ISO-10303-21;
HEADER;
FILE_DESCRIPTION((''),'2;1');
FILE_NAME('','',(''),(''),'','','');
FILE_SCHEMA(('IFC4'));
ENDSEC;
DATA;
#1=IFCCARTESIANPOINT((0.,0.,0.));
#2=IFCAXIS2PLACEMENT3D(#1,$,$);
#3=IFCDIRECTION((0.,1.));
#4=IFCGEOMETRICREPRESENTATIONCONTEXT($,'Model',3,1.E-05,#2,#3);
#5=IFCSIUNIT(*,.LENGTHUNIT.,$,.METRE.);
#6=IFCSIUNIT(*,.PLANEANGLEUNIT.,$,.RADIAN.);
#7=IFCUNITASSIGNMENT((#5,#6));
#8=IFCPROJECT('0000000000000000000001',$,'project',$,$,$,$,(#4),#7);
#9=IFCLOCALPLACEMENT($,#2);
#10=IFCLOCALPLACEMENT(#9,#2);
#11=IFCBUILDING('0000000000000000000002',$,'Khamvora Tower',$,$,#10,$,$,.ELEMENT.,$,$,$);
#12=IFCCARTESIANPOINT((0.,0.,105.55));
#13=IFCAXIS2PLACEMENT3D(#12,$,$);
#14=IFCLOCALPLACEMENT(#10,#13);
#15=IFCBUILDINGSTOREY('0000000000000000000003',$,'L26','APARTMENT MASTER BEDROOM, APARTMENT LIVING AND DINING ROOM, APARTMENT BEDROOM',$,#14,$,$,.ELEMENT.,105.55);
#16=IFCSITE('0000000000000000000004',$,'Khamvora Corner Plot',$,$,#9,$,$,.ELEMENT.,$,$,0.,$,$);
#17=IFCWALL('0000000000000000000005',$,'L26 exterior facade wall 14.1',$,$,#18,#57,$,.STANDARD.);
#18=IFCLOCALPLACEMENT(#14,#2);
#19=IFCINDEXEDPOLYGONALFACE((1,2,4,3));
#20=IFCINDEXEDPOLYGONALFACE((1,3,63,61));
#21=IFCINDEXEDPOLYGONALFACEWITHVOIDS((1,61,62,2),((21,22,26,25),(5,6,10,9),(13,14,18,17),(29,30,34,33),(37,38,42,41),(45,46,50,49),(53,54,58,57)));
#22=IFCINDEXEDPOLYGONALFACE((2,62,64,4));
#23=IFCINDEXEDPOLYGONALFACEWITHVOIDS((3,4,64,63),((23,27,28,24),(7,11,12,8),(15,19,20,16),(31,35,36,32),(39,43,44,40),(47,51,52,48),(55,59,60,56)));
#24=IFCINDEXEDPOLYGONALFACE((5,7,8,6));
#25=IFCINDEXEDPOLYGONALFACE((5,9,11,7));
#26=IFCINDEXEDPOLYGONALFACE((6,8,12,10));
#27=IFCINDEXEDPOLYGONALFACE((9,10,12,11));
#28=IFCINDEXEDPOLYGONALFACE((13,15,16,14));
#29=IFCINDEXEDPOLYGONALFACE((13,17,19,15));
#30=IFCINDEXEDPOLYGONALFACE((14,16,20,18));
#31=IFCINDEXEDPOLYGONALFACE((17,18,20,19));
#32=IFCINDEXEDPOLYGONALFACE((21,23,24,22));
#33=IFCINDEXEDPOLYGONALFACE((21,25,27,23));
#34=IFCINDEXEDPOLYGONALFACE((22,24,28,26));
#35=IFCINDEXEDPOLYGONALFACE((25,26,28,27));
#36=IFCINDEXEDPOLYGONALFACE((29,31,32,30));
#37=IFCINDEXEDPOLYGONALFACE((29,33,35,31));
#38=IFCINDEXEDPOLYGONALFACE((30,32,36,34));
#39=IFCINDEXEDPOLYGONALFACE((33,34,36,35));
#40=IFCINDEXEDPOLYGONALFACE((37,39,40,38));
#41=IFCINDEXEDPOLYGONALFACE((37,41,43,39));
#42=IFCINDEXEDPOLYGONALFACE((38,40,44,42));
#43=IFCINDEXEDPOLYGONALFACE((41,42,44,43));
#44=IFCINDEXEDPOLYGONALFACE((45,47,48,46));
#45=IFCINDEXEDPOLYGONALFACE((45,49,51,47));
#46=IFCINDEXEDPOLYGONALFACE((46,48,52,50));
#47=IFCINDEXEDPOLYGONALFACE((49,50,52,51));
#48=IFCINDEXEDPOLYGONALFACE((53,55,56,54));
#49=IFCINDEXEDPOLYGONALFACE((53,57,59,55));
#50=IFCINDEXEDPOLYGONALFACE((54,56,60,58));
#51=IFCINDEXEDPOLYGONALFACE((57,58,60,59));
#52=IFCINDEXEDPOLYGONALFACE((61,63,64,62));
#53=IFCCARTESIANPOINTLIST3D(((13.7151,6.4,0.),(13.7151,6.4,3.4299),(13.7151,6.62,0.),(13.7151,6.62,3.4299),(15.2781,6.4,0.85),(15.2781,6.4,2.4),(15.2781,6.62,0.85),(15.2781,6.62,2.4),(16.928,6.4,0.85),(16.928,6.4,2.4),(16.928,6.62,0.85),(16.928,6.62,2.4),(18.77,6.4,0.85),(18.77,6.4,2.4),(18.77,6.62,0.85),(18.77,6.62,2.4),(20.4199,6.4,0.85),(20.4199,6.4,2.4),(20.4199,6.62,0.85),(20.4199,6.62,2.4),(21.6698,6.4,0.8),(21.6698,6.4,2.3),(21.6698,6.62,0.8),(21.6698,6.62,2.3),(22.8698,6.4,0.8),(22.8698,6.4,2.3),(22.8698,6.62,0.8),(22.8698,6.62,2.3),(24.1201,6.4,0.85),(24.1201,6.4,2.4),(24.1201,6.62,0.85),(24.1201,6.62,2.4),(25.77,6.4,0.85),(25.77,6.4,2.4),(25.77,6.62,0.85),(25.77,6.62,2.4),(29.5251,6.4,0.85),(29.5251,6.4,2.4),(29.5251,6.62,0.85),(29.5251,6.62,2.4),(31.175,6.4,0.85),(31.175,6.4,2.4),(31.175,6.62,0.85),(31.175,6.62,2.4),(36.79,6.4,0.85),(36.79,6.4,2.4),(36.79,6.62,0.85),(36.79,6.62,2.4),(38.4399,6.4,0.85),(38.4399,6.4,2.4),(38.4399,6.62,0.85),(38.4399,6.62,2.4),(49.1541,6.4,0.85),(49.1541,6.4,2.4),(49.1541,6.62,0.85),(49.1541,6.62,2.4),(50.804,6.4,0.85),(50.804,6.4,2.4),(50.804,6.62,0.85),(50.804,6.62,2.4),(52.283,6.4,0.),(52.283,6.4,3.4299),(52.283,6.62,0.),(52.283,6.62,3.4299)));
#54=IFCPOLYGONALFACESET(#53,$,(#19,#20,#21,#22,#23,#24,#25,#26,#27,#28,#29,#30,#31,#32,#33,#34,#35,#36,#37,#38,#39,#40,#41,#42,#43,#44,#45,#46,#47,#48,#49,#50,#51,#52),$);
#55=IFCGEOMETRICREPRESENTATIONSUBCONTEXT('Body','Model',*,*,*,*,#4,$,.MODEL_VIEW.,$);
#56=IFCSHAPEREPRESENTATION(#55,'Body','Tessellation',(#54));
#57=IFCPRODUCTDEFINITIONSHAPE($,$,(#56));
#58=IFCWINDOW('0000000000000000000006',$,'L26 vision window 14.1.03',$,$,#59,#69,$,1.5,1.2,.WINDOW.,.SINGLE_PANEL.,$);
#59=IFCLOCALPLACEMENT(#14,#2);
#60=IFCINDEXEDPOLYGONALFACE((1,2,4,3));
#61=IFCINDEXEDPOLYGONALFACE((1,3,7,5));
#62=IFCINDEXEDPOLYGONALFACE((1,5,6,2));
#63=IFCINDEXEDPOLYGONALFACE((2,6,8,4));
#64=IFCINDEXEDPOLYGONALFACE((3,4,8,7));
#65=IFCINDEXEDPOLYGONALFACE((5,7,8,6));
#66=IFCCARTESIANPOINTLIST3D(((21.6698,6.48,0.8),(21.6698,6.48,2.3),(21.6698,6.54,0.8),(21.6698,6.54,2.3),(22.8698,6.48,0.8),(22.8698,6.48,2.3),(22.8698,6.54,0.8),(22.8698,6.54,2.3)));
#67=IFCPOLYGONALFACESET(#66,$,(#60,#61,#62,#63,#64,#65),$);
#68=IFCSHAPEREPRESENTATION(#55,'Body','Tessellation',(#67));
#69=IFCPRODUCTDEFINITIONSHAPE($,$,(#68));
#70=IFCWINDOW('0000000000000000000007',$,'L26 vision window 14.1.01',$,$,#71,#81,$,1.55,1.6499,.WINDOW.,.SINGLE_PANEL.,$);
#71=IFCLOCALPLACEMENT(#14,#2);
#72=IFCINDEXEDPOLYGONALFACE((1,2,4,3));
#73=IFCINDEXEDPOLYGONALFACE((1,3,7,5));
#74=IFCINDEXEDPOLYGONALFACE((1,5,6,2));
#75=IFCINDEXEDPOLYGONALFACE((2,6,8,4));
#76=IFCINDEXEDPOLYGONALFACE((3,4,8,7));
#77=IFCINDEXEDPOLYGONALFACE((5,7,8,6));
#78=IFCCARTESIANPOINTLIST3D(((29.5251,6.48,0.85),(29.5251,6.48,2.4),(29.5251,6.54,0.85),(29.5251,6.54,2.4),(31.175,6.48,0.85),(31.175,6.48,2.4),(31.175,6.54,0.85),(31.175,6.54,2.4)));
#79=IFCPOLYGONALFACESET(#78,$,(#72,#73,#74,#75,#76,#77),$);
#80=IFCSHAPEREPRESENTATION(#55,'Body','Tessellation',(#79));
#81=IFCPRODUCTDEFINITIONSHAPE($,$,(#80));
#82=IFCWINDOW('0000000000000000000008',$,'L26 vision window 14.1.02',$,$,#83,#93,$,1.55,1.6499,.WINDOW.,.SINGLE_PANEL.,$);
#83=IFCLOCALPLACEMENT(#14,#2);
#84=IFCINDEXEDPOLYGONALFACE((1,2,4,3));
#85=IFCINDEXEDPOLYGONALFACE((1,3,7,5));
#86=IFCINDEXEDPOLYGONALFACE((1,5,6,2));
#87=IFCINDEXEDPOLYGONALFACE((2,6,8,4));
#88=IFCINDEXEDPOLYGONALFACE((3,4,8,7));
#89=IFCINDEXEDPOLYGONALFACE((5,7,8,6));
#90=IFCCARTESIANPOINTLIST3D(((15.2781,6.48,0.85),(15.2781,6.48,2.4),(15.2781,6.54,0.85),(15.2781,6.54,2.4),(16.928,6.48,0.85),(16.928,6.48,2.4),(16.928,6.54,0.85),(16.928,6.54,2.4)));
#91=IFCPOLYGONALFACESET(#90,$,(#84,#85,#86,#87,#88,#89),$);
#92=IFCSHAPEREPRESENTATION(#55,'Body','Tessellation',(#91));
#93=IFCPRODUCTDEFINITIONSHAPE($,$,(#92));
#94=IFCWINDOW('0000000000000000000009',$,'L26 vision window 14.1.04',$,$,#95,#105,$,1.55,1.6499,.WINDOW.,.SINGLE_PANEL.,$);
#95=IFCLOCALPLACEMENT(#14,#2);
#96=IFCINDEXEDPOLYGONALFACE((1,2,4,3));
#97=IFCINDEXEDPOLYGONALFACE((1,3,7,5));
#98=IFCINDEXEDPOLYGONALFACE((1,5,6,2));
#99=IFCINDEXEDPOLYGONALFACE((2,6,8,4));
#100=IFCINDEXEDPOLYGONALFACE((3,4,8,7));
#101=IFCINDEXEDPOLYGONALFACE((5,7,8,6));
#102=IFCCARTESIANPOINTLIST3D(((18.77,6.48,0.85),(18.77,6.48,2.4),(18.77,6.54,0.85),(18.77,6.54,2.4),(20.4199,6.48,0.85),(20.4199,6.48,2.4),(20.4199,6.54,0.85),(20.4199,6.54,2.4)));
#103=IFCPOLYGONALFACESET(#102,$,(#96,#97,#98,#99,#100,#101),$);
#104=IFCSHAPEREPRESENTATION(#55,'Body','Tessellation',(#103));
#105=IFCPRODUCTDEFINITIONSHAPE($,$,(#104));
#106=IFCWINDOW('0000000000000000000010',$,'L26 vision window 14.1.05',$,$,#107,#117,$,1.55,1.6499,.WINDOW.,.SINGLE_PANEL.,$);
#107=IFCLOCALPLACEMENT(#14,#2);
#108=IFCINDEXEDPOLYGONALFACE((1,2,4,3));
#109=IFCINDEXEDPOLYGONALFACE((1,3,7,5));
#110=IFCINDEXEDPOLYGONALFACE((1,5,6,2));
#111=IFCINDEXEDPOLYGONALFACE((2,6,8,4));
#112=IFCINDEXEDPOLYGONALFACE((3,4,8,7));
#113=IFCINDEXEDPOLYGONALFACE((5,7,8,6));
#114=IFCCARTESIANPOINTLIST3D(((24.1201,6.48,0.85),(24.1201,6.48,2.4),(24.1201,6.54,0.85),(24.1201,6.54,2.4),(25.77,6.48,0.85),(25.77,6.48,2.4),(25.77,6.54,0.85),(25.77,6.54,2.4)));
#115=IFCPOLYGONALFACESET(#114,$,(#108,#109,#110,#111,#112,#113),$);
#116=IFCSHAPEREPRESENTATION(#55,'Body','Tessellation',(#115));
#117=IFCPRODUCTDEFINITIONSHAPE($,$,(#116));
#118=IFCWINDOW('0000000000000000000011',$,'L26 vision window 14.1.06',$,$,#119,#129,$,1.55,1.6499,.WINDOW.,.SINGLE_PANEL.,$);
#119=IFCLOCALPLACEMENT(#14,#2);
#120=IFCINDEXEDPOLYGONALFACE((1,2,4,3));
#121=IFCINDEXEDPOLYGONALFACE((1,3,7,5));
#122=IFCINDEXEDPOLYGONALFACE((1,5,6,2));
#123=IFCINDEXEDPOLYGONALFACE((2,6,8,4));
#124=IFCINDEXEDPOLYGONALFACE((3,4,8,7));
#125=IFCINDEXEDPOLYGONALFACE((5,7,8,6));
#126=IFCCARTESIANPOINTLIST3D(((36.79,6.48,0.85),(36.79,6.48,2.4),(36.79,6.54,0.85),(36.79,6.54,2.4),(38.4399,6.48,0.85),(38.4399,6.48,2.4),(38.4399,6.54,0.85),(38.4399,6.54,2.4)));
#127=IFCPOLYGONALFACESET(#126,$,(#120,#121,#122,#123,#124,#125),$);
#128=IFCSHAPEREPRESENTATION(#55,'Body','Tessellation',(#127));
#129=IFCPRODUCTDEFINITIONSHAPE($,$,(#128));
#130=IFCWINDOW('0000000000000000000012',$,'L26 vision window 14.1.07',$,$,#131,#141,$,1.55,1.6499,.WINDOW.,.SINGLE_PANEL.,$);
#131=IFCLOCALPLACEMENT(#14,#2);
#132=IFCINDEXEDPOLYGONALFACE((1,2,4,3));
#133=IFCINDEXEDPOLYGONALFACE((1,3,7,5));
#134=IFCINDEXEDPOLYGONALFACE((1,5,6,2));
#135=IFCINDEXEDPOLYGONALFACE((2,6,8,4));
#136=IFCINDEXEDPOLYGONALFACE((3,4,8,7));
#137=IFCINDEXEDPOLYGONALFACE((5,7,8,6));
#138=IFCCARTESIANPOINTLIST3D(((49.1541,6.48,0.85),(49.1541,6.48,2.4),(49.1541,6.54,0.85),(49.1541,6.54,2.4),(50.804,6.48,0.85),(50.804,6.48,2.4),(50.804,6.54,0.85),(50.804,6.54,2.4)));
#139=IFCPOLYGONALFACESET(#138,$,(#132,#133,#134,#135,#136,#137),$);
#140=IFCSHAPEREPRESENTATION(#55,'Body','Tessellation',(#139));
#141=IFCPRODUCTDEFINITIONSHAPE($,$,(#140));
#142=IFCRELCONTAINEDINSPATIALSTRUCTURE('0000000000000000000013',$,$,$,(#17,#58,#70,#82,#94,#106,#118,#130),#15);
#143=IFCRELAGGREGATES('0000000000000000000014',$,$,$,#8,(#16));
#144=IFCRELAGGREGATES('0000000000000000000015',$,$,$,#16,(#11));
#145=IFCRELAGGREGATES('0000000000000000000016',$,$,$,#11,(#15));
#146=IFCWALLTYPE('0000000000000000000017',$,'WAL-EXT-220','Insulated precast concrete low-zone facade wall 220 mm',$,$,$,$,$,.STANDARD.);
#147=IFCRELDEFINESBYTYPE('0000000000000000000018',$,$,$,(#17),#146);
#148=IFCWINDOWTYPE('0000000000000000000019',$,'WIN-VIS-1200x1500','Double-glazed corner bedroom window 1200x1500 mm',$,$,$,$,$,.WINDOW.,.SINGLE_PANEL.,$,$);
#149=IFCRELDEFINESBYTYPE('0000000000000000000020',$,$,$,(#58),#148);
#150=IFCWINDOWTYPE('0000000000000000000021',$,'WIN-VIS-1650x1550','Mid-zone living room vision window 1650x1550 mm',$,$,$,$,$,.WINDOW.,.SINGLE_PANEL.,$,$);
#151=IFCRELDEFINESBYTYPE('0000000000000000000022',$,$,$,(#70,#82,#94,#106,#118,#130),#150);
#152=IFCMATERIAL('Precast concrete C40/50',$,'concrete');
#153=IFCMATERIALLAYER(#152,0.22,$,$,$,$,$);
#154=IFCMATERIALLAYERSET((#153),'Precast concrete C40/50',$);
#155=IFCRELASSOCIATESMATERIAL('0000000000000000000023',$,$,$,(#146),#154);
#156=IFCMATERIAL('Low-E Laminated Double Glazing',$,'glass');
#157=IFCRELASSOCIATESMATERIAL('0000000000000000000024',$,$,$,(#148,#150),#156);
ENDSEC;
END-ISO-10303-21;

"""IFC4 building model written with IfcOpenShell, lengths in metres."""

from ifc_helpers import new_model, si_unit, direction, frame, frame_2d, origin, place, context, subcontext, project, spatial, rectangle, extrude, material, layer, layer_set, type_object, element, fill, save


model = new_model("IFC4")

# Units and contexts
model_context = context("Model", 3, precision=1e-05, world=origin(), true_north=direction((0.0, 1.0)))
body_context = subcontext(model_context, "Body", "Model", "MODEL_VIEW")
ifc_project = project(units=[si_unit("LENGTHUNIT", "METRE"), si_unit("PLANEANGLEUNIT", "RADIAN")], contexts=[model_context])

# Site, building, storey
site_placement = place(None, origin())
site = spatial("IfcSite", under=ifc_project, at=site_placement, Name="Khamvora Corner Plot", CompositionType="ELEMENT", RefElevation=0.0)
building_placement = place(site_placement, origin())
building = spatial("IfcBuilding", under=site, at=building_placement, Name="Khamvora Tower", CompositionType="ELEMENT")
storey_placement = place(building_placement, frame((0.0, 0.0, 105.55)))
storey = spatial("IfcBuildingStorey", under=building, at=storey_placement, Name="L26", Description="APARTMENT MASTER BEDROOM, APARTMENT LIVING AND DINING ROOM, APARTMENT BEDROOM", CompositionType="ELEMENT", Elevation=105.55)

# Shared definitions
ifc_material_1 = material(Name="Precast concrete C40/50", Category="concrete")
ifc_layer_1 = layer(ifc_material_1, 0.22)
ifc_layer_set_1 = layer_set([ifc_layer_1], Name="Precast concrete C40/50")
wall_type_1 = type_object("IfcWallType", Name="WAL-EXT-220", Description="Insulated precast concrete low-zone facade wall 220 mm", PredefinedType="STANDARD", material=ifc_layer_set_1)

# Wall, openings, windows
wall_1_placement = place(storey_placement, frame((52.283, 6.51, 0.0), z_axis=(0.0, 0.0, 1.0), x_axis=(-1.0, 0.0, 0.0)))
wall_1 = element("IfcWall", 1, at=wall_1_placement, inside=storey, type_object=wall_type_1, Name="L26 exterior facade wall 14.1", PredefinedType="STANDARD", context=body_context, shape_type="SweptSolid", body=[
    extrude(rectangle(XDim=38.5679, YDim=0.22, at=frame_2d((19.2839, 0.0))), origin(), (0.0, 0.0, 1.0), 3.4299),
])
opening_1_placement = place(wall_1_placement, frame((21.1079, 0.0, 0.8501)))
opening_1 = element("IfcOpeningElement", 2, at=opening_1_placement, cuts=wall_1, PredefinedType="OPENING", context=body_context, shape_type="SweptSolid", body=[
    extrude(rectangle(XDim=1.6499, YDim=1.55, at=frame_2d((0.825, 0.7749))), frame((0.0, 0.1199, 0.0), z_axis=(0.0, -1.0, 0.0), x_axis=(1.0, 0.0, 0.0)), (0.0, 0.0, 1.0), 0.24),
])
opening_2_placement = place(wall_1_placement, frame((35.355, 0.0, 0.8501)))
opening_2 = element("IfcOpeningElement", 3, at=opening_2_placement, cuts=wall_1, PredefinedType="OPENING", context=body_context, shape_type="SweptSolid", body=[
    extrude(rectangle(XDim=1.6499, YDim=1.55, at=frame_2d((0.825, 0.7749))), frame((0.0, 0.1199, 0.0), z_axis=(0.0, -1.0, 0.0), x_axis=(1.0, 0.0, 0.0)), (0.0, 0.0, 1.0), 0.24),
])
opening_3_placement = place(wall_1_placement, frame((29.4131, 0.0, 0.8)))
opening_3 = element("IfcOpeningElement", 4, at=opening_3_placement, cuts=wall_1, PredefinedType="OPENING", context=body_context, shape_type="SweptSolid", body=[
    extrude(rectangle(XDim=1.2, YDim=1.5, at=frame_2d((0.6001, 0.75))), frame((0.0, 0.1199, 0.0), z_axis=(0.0, -1.0, 0.0), x_axis=(1.0, 0.0, 0.0)), (0.0, 0.0, 1.0), 0.24),
])
opening_4_placement = place(wall_1_placement, frame((31.863, 0.0, 0.8501)))
opening_4 = element("IfcOpeningElement", 5, at=opening_4_placement, cuts=wall_1, PredefinedType="OPENING", context=body_context, shape_type="SweptSolid", body=[
    extrude(rectangle(XDim=1.6499, YDim=1.55, at=frame_2d((0.825, 0.7749))), frame((0.0, 0.1199, 0.0), z_axis=(0.0, -1.0, 0.0), x_axis=(1.0, 0.0, 0.0)), (0.0, 0.0, 1.0), 0.24),
])
opening_5_placement = place(wall_1_placement, frame((26.5129, 0.0, 0.8501)))
opening_5 = element("IfcOpeningElement", 6, at=opening_5_placement, cuts=wall_1, PredefinedType="OPENING", context=body_context, shape_type="SweptSolid", body=[
    extrude(rectangle(XDim=1.6499, YDim=1.55, at=frame_2d((0.825, 0.7749))), frame((0.0, 0.1199, 0.0), z_axis=(0.0, -1.0, 0.0), x_axis=(1.0, 0.0, 0.0)), (0.0, 0.0, 1.0), 0.24),
])
opening_6_placement = place(wall_1_placement, frame((13.843, 0.0, 0.8501)))
opening_6 = element("IfcOpeningElement", 7, at=opening_6_placement, cuts=wall_1, PredefinedType="OPENING", context=body_context, shape_type="SweptSolid", body=[
    extrude(rectangle(XDim=1.6499, YDim=1.55, at=frame_2d((0.825, 0.7749))), frame((0.0, 0.1199, 0.0), z_axis=(0.0, -1.0, 0.0), x_axis=(1.0, 0.0, 0.0)), (0.0, 0.0, 1.0), 0.24),
])
opening_7_placement = place(wall_1_placement, frame((1.479, 0.0, 0.8501)))
opening_7 = element("IfcOpeningElement", 8, at=opening_7_placement, cuts=wall_1, PredefinedType="OPENING", context=body_context, shape_type="SweptSolid", body=[
    extrude(rectangle(XDim=1.6499, YDim=1.55, at=frame_2d((0.825, 0.7749))), frame((0.0, 0.1199, 0.0), z_axis=(0.0, -1.0, 0.0), x_axis=(1.0, 0.0, 0.0)), (0.0, 0.0, 1.0), 0.24),
])
ifc_material_2 = material(Name="Low-E Laminated Double Glazing", Category="glass")
window_type_1 = type_object("IfcWindowType", Name="WIN-VIS-1200x1500", Description="Double-glazed corner bedroom window 1200x1500 mm", PartitioningType="SINGLE_PANEL", PredefinedType="WINDOW", material=ifc_material_2)
window_1_placement = place(opening_3_placement, origin())
window_1 = element("IfcWindow", 9, at=window_1_placement, inside=storey, type_object=window_type_1, Name="L26 vision window 14.1.03", OverallHeight=1.5, OverallWidth=1.2, PartitioningType="SINGLE_PANEL", PredefinedType="WINDOW", context=body_context, shape_type="SweptSolid", body=[
    extrude(rectangle(XDim=1.2, YDim=1.5, at=frame_2d((0.6001, 0.75))), frame((0.0, 0.03, 0.0), z_axis=(0.0, -1.0, 0.0), x_axis=(1.0, 0.0, 0.0)), (0.0, 0.0, 1.0), 0.0601),
])
fill(opening_3, window_1)
window_type_2 = type_object("IfcWindowType", Name="WIN-VIS-1650x1550", Description="Mid-zone living room vision window 1650x1550 mm", PartitioningType="SINGLE_PANEL", PredefinedType="WINDOW", material=ifc_material_2)
window_2_placement = place(opening_1_placement, origin())
window_2 = element("IfcWindow", 10, at=window_2_placement, inside=storey, type_object=window_type_2, Name="L26 vision window 14.1.01", OverallHeight=1.55, OverallWidth=1.6499, PartitioningType="SINGLE_PANEL", PredefinedType="WINDOW", context=body_context, shape_type="SweptSolid", body=[
    extrude(rectangle(XDim=1.6499, YDim=1.55, at=frame_2d((0.825, 0.7749))), frame((0.0, 0.03, 0.0), z_axis=(0.0, -1.0, 0.0), x_axis=(1.0, 0.0, 0.0)), (0.0, 0.0, 1.0), 0.0601),
])
fill(opening_1, window_2)
window_3_placement = place(opening_2_placement, origin())
window_3 = element("IfcWindow", 11, at=window_3_placement, inside=storey, type_object=window_type_2, Name="L26 vision window 14.1.02", OverallHeight=1.55, OverallWidth=1.6499, PartitioningType="SINGLE_PANEL", PredefinedType="WINDOW", context=body_context, shape_type="SweptSolid", body=[
    extrude(rectangle(XDim=1.6499, YDim=1.55, at=frame_2d((0.825, 0.7749))), frame((0.0, 0.03, 0.0), z_axis=(0.0, -1.0, 0.0), x_axis=(1.0, 0.0, 0.0)), (0.0, 0.0, 1.0), 0.0601),
])
fill(opening_2, window_3)
window_4_placement = place(opening_4_placement, origin())
window_4 = element("IfcWindow", 12, at=window_4_placement, inside=storey, type_object=window_type_2, Name="L26 vision window 14.1.04", OverallHeight=1.55, OverallWidth=1.6499, PartitioningType="SINGLE_PANEL", PredefinedType="WINDOW", context=body_context, shape_type="SweptSolid", body=[
    extrude(rectangle(XDim=1.6499, YDim=1.55, at=frame_2d((0.825, 0.7749))), frame((0.0, 0.03, 0.0), z_axis=(0.0, -1.0, 0.0), x_axis=(1.0, 0.0, 0.0)), (0.0, 0.0, 1.0), 0.0601),
])
fill(opening_4, window_4)
window_5_placement = place(opening_5_placement, origin())
window_5 = element("IfcWindow", 13, at=window_5_placement, inside=storey, type_object=window_type_2, Name="L26 vision window 14.1.05", OverallHeight=1.55, OverallWidth=1.6499, PartitioningType="SINGLE_PANEL", PredefinedType="WINDOW", context=body_context, shape_type="SweptSolid", body=[
    extrude(rectangle(XDim=1.6499, YDim=1.55, at=frame_2d((0.825, 0.7749))), frame((0.0, 0.03, 0.0), z_axis=(0.0, -1.0, 0.0), x_axis=(1.0, 0.0, 0.0)), (0.0, 0.0, 1.0), 0.0601),
])
fill(opening_5, window_5)
window_6_placement = place(opening_6_placement, origin())
window_6 = element("IfcWindow", 14, at=window_6_placement, inside=storey, type_object=window_type_2, Name="L26 vision window 14.1.06", OverallHeight=1.55, OverallWidth=1.6499, PartitioningType="SINGLE_PANEL", PredefinedType="WINDOW", context=body_context, shape_type="SweptSolid", body=[
    extrude(rectangle(XDim=1.6499, YDim=1.55, at=frame_2d((0.825, 0.7749))), frame((0.0, 0.03, 0.0), z_axis=(0.0, -1.0, 0.0), x_axis=(1.0, 0.0, 0.0)), (0.0, 0.0, 1.0), 0.0601),
])
fill(opening_6, window_6)
window_7_placement = place(opening_7_placement, origin())
window_7 = element("IfcWindow", 15, at=window_7_placement, inside=storey, type_object=window_type_2, Name="L26 vision window 14.1.07", OverallHeight=1.55, OverallWidth=1.6499, PartitioningType="SINGLE_PANEL", PredefinedType="WINDOW", context=body_context, shape_type="SweptSolid", body=[
    extrude(rectangle(XDim=1.6499, YDim=1.55, at=frame_2d((0.825, 0.7749))), frame((0.0, 0.03, 0.0), z_axis=(0.0, -1.0, 0.0), x_axis=(1.0, 0.0, 0.0)), (0.0, 0.0, 1.0), 0.0601),
])
fill(opening_7, window_7)

save(model, "model.ifc")
